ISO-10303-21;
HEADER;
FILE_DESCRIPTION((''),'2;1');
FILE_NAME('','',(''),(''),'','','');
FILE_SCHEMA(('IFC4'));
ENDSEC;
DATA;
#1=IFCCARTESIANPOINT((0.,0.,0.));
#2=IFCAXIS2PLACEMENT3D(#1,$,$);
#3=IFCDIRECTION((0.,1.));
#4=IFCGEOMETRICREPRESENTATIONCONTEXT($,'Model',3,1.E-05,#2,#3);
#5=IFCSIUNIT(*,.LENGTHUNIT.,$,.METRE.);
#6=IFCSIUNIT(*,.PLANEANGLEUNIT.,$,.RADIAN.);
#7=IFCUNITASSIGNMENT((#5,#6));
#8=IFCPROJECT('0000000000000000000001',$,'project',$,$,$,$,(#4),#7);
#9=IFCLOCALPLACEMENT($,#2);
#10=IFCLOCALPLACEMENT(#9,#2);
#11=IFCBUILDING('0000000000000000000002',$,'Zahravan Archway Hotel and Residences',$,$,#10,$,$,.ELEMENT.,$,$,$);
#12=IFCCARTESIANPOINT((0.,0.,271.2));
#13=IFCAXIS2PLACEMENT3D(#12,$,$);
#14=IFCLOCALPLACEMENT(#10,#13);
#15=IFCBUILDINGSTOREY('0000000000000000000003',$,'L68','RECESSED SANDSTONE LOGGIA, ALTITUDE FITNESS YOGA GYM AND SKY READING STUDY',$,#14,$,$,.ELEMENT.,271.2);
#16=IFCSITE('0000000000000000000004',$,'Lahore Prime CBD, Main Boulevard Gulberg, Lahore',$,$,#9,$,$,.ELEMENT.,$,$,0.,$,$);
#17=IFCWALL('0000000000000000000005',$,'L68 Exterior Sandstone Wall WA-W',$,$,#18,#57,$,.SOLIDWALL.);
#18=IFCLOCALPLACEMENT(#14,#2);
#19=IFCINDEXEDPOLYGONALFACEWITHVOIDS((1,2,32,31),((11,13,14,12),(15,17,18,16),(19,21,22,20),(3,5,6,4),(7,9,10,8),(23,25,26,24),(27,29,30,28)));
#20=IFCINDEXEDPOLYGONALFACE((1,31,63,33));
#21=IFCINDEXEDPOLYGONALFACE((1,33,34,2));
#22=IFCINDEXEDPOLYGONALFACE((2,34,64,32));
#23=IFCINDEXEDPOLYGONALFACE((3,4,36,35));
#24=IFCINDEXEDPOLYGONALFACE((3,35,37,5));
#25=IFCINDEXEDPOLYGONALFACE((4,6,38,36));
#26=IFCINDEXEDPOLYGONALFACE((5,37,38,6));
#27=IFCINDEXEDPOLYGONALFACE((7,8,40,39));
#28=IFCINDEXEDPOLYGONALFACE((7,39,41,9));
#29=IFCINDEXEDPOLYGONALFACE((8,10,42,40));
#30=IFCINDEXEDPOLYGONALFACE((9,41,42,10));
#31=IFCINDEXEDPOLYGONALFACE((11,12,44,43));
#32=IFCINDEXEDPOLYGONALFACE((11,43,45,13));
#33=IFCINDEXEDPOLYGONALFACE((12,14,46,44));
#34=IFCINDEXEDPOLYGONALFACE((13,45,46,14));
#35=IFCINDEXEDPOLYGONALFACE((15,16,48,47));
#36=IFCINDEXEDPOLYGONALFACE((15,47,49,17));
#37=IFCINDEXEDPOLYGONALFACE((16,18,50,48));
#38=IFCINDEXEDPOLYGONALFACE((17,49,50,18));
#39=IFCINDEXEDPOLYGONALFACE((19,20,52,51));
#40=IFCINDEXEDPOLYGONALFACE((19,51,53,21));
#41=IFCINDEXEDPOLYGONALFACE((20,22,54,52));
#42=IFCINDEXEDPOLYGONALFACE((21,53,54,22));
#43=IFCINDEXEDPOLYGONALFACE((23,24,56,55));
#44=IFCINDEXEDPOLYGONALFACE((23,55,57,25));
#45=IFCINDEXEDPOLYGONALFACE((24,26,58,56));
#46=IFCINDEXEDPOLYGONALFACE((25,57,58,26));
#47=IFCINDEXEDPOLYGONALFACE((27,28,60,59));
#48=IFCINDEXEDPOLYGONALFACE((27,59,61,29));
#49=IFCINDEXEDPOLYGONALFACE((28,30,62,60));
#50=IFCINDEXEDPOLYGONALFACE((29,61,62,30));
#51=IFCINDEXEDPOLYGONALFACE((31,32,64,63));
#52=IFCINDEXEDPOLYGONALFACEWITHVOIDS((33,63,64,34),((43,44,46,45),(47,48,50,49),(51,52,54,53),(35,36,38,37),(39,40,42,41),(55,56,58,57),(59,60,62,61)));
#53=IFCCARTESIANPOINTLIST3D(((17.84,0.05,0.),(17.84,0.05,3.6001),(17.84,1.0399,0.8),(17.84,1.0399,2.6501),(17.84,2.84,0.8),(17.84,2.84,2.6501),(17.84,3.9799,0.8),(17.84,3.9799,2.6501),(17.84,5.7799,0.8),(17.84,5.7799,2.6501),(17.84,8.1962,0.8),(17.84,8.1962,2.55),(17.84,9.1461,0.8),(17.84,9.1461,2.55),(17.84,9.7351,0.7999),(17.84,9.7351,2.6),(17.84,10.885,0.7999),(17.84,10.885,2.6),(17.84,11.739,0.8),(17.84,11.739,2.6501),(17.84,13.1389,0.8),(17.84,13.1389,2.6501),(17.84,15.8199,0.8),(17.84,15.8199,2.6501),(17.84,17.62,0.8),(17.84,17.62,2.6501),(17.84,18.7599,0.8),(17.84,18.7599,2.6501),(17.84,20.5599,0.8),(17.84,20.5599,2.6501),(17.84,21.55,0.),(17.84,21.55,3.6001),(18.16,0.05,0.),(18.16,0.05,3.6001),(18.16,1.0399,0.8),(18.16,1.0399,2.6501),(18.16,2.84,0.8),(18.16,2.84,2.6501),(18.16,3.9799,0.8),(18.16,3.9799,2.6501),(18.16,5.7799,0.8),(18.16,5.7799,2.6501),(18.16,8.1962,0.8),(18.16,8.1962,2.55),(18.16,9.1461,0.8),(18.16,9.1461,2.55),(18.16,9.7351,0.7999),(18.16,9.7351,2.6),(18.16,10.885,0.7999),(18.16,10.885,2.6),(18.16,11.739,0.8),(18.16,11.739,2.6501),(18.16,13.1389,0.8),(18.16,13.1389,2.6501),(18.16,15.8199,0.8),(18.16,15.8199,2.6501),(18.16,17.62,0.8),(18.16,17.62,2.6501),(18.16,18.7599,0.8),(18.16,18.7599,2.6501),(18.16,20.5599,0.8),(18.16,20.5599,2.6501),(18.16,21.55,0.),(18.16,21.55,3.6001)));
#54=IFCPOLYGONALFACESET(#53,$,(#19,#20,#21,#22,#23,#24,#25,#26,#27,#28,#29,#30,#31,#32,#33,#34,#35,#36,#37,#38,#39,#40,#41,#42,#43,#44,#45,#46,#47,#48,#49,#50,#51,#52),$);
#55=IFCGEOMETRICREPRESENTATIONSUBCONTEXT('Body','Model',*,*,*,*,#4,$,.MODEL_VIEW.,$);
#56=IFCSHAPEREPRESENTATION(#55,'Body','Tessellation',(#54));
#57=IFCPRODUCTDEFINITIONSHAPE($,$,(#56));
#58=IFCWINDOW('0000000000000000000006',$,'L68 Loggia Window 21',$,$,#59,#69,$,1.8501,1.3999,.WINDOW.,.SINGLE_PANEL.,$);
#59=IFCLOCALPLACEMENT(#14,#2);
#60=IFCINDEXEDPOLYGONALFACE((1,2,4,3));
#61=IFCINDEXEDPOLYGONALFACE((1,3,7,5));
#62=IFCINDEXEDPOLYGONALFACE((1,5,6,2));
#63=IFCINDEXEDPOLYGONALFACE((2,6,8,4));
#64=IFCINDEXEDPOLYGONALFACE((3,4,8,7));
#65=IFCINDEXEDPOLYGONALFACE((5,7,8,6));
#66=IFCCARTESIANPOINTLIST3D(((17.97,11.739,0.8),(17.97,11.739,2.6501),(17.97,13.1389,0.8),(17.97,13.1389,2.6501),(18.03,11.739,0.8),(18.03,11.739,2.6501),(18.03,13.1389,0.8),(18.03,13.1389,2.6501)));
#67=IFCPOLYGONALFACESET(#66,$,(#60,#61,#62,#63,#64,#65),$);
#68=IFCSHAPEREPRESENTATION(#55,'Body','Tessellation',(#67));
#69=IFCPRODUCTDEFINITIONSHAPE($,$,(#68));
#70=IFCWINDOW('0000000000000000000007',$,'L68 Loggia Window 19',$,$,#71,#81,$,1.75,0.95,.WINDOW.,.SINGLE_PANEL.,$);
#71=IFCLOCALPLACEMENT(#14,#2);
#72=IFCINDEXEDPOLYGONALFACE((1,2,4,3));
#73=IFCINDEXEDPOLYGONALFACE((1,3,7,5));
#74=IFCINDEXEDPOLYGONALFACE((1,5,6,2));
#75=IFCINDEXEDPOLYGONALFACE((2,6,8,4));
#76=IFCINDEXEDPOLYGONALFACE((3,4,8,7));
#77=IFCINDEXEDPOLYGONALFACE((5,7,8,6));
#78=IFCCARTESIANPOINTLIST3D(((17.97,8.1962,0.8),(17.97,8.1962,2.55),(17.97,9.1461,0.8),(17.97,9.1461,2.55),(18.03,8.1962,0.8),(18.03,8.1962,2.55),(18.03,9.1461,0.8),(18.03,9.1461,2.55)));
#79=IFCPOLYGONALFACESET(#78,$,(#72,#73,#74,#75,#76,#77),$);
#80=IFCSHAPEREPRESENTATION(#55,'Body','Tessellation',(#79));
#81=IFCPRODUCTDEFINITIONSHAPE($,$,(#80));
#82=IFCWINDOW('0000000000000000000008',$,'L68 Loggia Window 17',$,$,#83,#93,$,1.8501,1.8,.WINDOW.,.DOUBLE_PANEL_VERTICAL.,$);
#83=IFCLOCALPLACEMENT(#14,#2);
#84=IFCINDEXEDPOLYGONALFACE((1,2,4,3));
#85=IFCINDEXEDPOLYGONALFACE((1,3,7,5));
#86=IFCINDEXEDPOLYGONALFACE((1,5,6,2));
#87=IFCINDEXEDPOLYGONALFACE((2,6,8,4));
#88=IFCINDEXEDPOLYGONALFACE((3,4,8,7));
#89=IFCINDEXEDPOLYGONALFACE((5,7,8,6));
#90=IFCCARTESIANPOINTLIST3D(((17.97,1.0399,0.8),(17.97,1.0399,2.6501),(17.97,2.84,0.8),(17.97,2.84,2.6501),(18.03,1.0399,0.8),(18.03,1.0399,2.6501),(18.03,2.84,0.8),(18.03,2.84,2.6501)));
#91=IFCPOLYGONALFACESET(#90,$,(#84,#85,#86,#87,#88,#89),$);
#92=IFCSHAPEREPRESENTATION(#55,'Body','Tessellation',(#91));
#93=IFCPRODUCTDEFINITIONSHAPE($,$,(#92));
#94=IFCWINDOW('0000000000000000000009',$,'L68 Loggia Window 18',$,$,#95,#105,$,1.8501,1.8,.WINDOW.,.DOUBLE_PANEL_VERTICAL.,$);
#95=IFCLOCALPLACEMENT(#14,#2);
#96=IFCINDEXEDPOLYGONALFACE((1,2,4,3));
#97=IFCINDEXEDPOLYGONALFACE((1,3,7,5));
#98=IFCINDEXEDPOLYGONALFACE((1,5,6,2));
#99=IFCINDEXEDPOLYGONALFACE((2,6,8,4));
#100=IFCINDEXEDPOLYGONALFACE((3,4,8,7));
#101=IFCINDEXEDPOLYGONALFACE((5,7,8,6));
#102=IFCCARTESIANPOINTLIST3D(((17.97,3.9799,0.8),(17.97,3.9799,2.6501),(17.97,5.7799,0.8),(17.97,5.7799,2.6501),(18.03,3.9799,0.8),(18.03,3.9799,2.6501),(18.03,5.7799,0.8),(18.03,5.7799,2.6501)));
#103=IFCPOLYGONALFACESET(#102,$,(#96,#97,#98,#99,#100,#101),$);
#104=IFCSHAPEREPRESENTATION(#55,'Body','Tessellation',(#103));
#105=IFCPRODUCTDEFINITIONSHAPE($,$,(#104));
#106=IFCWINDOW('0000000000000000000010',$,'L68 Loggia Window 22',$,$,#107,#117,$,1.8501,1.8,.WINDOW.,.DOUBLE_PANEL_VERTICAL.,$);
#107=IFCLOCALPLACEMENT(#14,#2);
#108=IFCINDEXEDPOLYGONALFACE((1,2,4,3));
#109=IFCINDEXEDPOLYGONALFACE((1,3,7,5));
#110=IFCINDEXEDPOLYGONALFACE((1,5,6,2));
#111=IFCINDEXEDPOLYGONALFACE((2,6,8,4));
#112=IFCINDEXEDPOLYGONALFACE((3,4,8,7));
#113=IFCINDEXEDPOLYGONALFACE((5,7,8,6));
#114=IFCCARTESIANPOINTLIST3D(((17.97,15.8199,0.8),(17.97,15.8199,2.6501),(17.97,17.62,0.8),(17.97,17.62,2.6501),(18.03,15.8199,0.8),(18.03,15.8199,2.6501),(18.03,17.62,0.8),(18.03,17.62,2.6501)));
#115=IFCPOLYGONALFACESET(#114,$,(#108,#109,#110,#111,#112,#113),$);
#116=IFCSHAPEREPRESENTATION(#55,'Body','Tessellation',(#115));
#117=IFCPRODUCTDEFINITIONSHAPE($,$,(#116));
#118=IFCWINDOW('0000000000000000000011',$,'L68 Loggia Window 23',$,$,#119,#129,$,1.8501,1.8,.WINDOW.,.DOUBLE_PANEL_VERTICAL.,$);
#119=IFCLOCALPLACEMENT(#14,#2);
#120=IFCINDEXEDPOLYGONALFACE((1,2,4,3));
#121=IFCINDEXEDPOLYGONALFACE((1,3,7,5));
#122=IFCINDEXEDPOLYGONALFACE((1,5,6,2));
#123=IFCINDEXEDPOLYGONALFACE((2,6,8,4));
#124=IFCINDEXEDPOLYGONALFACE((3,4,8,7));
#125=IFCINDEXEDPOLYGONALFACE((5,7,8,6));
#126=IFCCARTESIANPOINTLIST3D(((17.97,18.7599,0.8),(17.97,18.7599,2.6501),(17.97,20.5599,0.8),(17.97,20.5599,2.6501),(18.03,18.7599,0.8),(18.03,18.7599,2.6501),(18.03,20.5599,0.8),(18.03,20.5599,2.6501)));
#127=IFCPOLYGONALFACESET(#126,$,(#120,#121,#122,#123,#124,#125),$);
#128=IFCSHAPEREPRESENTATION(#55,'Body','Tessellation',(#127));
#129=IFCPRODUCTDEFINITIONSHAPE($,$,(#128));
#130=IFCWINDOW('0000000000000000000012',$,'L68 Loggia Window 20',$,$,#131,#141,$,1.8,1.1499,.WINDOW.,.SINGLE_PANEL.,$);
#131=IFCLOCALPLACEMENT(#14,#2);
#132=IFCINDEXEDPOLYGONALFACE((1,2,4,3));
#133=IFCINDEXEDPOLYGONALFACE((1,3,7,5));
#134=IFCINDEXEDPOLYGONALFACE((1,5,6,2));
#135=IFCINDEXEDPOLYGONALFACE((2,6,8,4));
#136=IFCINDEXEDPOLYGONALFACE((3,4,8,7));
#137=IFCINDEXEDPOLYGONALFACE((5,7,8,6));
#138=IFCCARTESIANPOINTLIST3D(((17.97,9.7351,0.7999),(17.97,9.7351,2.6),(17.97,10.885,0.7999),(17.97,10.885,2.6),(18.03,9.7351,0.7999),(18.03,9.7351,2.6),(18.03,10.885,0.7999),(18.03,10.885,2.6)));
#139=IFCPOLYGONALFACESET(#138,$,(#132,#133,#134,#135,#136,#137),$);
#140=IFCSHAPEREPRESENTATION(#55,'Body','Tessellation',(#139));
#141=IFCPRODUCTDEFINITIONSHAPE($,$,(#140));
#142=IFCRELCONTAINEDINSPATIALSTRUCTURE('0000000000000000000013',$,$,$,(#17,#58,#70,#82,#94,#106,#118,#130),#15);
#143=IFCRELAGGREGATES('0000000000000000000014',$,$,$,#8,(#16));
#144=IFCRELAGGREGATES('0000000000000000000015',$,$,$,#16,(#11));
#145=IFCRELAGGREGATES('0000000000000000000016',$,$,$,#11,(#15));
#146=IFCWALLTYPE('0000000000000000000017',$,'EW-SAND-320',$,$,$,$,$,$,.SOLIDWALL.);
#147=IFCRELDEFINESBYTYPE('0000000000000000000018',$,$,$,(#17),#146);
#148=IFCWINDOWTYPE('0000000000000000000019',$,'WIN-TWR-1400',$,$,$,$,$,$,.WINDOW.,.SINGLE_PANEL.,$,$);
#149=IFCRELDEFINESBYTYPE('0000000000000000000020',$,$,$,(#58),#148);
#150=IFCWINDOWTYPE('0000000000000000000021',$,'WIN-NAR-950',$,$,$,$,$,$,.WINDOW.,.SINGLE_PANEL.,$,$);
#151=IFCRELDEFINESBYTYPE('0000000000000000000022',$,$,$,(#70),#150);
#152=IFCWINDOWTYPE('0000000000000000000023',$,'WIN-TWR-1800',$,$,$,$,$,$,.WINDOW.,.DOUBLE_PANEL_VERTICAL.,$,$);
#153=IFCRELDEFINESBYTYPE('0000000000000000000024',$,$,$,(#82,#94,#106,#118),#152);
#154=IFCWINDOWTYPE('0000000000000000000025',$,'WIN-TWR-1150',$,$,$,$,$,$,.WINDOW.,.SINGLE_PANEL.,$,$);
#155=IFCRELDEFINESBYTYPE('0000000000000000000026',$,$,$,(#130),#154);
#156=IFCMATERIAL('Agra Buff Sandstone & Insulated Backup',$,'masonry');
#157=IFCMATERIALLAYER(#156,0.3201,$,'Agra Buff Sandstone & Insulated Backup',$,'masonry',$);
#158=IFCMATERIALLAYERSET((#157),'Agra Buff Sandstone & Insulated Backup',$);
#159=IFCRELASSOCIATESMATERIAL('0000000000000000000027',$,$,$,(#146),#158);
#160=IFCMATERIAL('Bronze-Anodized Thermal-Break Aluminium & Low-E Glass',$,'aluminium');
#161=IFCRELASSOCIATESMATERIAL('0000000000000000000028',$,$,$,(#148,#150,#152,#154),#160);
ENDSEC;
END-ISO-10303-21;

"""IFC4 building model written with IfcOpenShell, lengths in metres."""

from ifc_helpers import new_model, si_unit, direction, frame, frame_2d, origin, place, context, subcontext, project, spatial, rectangle, extrude, source, transform, mapped, material, layer, layer_set, type_object, type_shapes, element, fill, save


model = new_model("IFC4")

# Units and contexts
model_context = context("Model", 3, precision=1e-05, world=origin(), true_north=direction((0.0, 1.0)))
body_context = subcontext(model_context, "Body", "Model", "MODEL_VIEW")
ifc_project = project(units=[si_unit("LENGTHUNIT", "METRE"), si_unit("PLANEANGLEUNIT", "RADIAN")], contexts=[model_context])

# Site, building, storey
site_placement = place(None, origin())
site = spatial("IfcSite", under=ifc_project, at=site_placement, Name="Lahore Prime CBD, Main Boulevard Gulberg, Lahore", CompositionType="ELEMENT", RefElevation=0.0)
building_placement = place(site_placement, origin())
building = spatial("IfcBuilding", under=site, at=building_placement, Name="Zahravan Archway Hotel and Residences", CompositionType="ELEMENT")
storey_placement = place(building_placement, frame((0.0, 0.0, 271.2)))
storey = spatial("IfcBuildingStorey", under=building, at=storey_placement, Name="L68", Description="RECESSED SANDSTONE LOGGIA, ALTITUDE FITNESS YOGA GYM AND SKY READING STUDY", CompositionType="ELEMENT", Elevation=271.2)

# Wall, openings, windows
ifc_material_1 = material(Name="Agra Buff Sandstone & Insulated Backup", Category="masonry")
ifc_layer = layer(ifc_material_1, 0.3201, Name="Agra Buff Sandstone & Insulated Backup", Category="masonry")
ifc_layer_set = layer_set([ifc_layer], Name="Agra Buff Sandstone & Insulated Backup")
wall_type = type_object("IfcWallType", Name="EW-SAND-320", PredefinedType="SOLIDWALL", material=ifc_layer_set)
wall_placement = place(storey_placement, frame((18.0, 0.05, 0.0), z_axis=(0.0, 0.0, 1.0), x_axis=(0.0, 1.0, 0.0)))
wall = element("IfcWall", 1, at=wall_placement, inside=storey, type_object=wall_type, Name="L68 Exterior Sandstone Wall WA-W", PredefinedType="SOLIDWALL", context=body_context, shape_type="SweptSolid", body=[
    extrude(rectangle(XDim=21.5, YDim=0.3201, at=frame_2d((10.75, 0.0))), origin(), (0.0, 0.0, 1.0), 3.6001),
])
opening_1_placement = place(wall_placement, frame((0.99, 0.0, 0.8)))
opening_1 = element("IfcOpeningElement", 2, at=opening_1_placement, cuts=wall, PredefinedType="OPENING", context=body_context, shape_type="SweptSolid", body=[
    extrude(rectangle(XDim=1.8, YDim=1.8501, at=frame_2d((0.8999, 0.925))), frame((0.0, 0.1699, 0.0), z_axis=(0.0, -1.0, 0.0), x_axis=(1.0, 0.0, 0.0)), (0.0, 0.0, 1.0), 0.3401),
])
opening_2_placement = place(wall_placement, frame((3.9299, 0.0, 0.8)))
opening_2 = element("IfcOpeningElement", 3, at=opening_2_placement, cuts=wall, PredefinedType="OPENING", context=body_context, shape_type="SweptSolid", body=[
    extrude(rectangle(XDim=1.8, YDim=1.8501, at=frame_2d((0.8999, 0.925))), frame((0.0, 0.1699, 0.0), z_axis=(0.0, -1.0, 0.0), x_axis=(1.0, 0.0, 0.0)), (0.0, 0.0, 1.0), 0.3401),
])
opening_3_placement = place(wall_placement, frame((8.146, 0.0, 0.8)))
opening_3 = element("IfcOpeningElement", 4, at=opening_3_placement, cuts=wall, PredefinedType="OPENING", context=body_context, shape_type="SweptSolid", body=[
    extrude(rectangle(XDim=0.95, YDim=1.75, at=frame_2d((0.4751, 0.875))), frame((0.0, 0.1699, 0.0), z_axis=(0.0, -1.0, 0.0), x_axis=(1.0, 0.0, 0.0)), (0.0, 0.0, 1.0), 0.3401),
])
opening_4_placement = place(wall_placement, frame((9.6851, 0.0, 0.8)))
opening_4 = element("IfcOpeningElement", 5, at=opening_4_placement, cuts=wall, PredefinedType="OPENING", context=body_context, shape_type="SweptSolid", body=[
    extrude(rectangle(XDim=1.1499, YDim=1.8, at=frame_2d((0.575, 0.8999))), frame((0.0, 0.1699, 0.0), z_axis=(0.0, -1.0, 0.0), x_axis=(1.0, 0.0, 0.0)), (0.0, 0.0, 1.0), 0.3401),
])
opening_5_placement = place(wall_placement, frame((11.689, 0.0, 0.8)))
opening_5 = element("IfcOpeningElement", 6, at=opening_5_placement, cuts=wall, PredefinedType="OPENING", context=body_context, shape_type="SweptSolid", body=[
    extrude(rectangle(XDim=1.3999, YDim=1.8501, at=frame_2d((0.7, 0.925))), frame((0.0, 0.1699, 0.0), z_axis=(0.0, -1.0, 0.0), x_axis=(1.0, 0.0, 0.0)), (0.0, 0.0, 1.0), 0.3401),
])
opening_6_placement = place(wall_placement, frame((15.77, 0.0, 0.8)))
opening_6 = element("IfcOpeningElement", 7, at=opening_6_placement, cuts=wall, PredefinedType="OPENING", context=body_context, shape_type="SweptSolid", body=[
    extrude(rectangle(XDim=1.8, YDim=1.8501, at=frame_2d((0.8999, 0.925))), frame((0.0, 0.1699, 0.0), z_axis=(0.0, -1.0, 0.0), x_axis=(1.0, 0.0, 0.0)), (0.0, 0.0, 1.0), 0.3401),
])
opening_7_placement = place(wall_placement, frame((18.71, 0.0, 0.8)))
opening_7 = element("IfcOpeningElement", 8, at=opening_7_placement, cuts=wall, PredefinedType="OPENING", context=body_context, shape_type="SweptSolid", body=[
    extrude(rectangle(XDim=1.8, YDim=1.8501, at=frame_2d((0.8999, 0.925))), frame((0.0, 0.1699, 0.0), z_axis=(0.0, -1.0, 0.0), x_axis=(1.0, 0.0, 0.0)), (0.0, 0.0, 1.0), 0.3401),
])
ifc_material_2 = material(Name="Bronze-Anodized Thermal-Break Aluminium & Low-E Glass", Category="aluminium")
window_type_1 = type_object("IfcWindowType", Name="WIN-TWR-1400", PartitioningType="SINGLE_PANEL", PredefinedType="WINDOW", material=ifc_material_2)
shared_shape_1 = source(origin(), body_context, "Body", "SweptSolid", [
    extrude(rectangle(XDim=1.3999, YDim=1.8501, at=frame_2d((0.7, 0.925))), frame((0.0, 0.03, 0.0), z_axis=(0.0, -1.0, 0.0), x_axis=(1.0, 0.0, 0.0)), (0.0, 0.0, 1.0), 0.0601),
])
type_shapes(window_type_1, [shared_shape_1])
window_1_placement = place(opening_5_placement, origin())
window_1 = element("IfcWindow", 9, at=window_1_placement, inside=storey, type_object=window_type_1, Name="L68 Loggia Window 21", OverallHeight=1.8501, OverallWidth=1.3999, PartitioningType="SINGLE_PANEL", PredefinedType="WINDOW", context=body_context, shape_type="MappedRepresentation", body=[
    mapped(shared_shape_1, transform((0.0, 0.0, 0.0), scale=1.0)),
])
fill(opening_5, window_1)
window_type_2 = type_object("IfcWindowType", Name="WIN-NAR-950", PartitioningType="SINGLE_PANEL", PredefinedType="WINDOW", material=ifc_material_2)
shared_shape_2 = source(origin(), body_context, "Body", "SweptSolid", [
    extrude(rectangle(XDim=0.95, YDim=1.75, at=frame_2d((0.4751, 0.875))), frame((0.0, 0.03, 0.0), z_axis=(0.0, -1.0, 0.0), x_axis=(1.0, 0.0, 0.0)), (0.0, 0.0, 1.0), 0.0601),
])
type_shapes(window_type_2, [shared_shape_2])
window_2_placement = place(opening_3_placement, origin())
window_2 = element("IfcWindow", 10, at=window_2_placement, inside=storey, type_object=window_type_2, Name="L68 Loggia Window 19", OverallHeight=1.75, OverallWidth=0.95, PartitioningType="SINGLE_PANEL", PredefinedType="WINDOW", context=body_context, shape_type="MappedRepresentation", body=[
    mapped(shared_shape_2, transform((0.0, 0.0, 0.0), scale=1.0)),
])
fill(opening_3, window_2)
window_type_3 = type_object("IfcWindowType", Name="WIN-TWR-1800", PartitioningType="DOUBLE_PANEL_VERTICAL", PredefinedType="WINDOW", material=ifc_material_2)
shared_shape_3 = source(origin(), body_context, "Body", "SweptSolid", [
    extrude(rectangle(XDim=1.8, YDim=1.8501, at=frame_2d((0.8999, 0.925))), frame((0.0, 0.03, 0.0), z_axis=(0.0, -1.0, 0.0), x_axis=(1.0, 0.0, 0.0)), (0.0, 0.0, 1.0), 0.0601),
])
type_shapes(window_type_3, [shared_shape_3])
window_3_placement = place(opening_1_placement, origin())
window_3 = element("IfcWindow", 11, at=window_3_placement, inside=storey, type_object=window_type_3, Name="L68 Loggia Window 17", OverallHeight=1.8501, OverallWidth=1.8, PartitioningType="DOUBLE_PANEL_VERTICAL", PredefinedType="WINDOW", context=body_context, shape_type="MappedRepresentation", body=[
    mapped(shared_shape_3, transform((0.0, 0.0, 0.0), scale=1.0)),
])
fill(opening_1, window_3)
window_4_placement = place(opening_2_placement, origin())
window_4 = element("IfcWindow", 12, at=window_4_placement, inside=storey, type_object=window_type_3, Name="L68 Loggia Window 18", OverallHeight=1.8501, OverallWidth=1.8, PartitioningType="DOUBLE_PANEL_VERTICAL", PredefinedType="WINDOW", context=body_context, shape_type="MappedRepresentation", body=[
    mapped(shared_shape_3, transform((0.0, 0.0, 0.0), scale=1.0)),
])
fill(opening_2, window_4)
window_5_placement = place(opening_6_placement, origin())
window_5 = element("IfcWindow", 13, at=window_5_placement, inside=storey, type_object=window_type_3, Name="L68 Loggia Window 22", OverallHeight=1.8501, OverallWidth=1.8, PartitioningType="DOUBLE_PANEL_VERTICAL", PredefinedType="WINDOW", context=body_context, shape_type="MappedRepresentation", body=[
    mapped(shared_shape_3, transform((0.0, 0.0, 0.0), scale=1.0)),
])
fill(opening_6, window_5)
window_6_placement = place(opening_7_placement, origin())
window_6 = element("IfcWindow", 14, at=window_6_placement, inside=storey, type_object=window_type_3, Name="L68 Loggia Window 23", OverallHeight=1.8501, OverallWidth=1.8, PartitioningType="DOUBLE_PANEL_VERTICAL", PredefinedType="WINDOW", context=body_context, shape_type="MappedRepresentation", body=[
    mapped(shared_shape_3, transform((0.0, 0.0, 0.0), scale=1.0)),
])
fill(opening_7, window_6)
window_type_4 = type_object("IfcWindowType", Name="WIN-TWR-1150", PartitioningType="SINGLE_PANEL", PredefinedType="WINDOW", material=ifc_material_2)
shared_shape_4 = source(origin(), body_context, "Body", "SweptSolid", [
    extrude(rectangle(XDim=1.1499, YDim=1.8, at=frame_2d((0.575, 0.8999))), frame((0.0, 0.03, 0.0), z_axis=(0.0, -1.0, 0.0), x_axis=(1.0, 0.0, 0.0)), (0.0, 0.0, 1.0), 0.0601),
])
type_shapes(window_type_4, [shared_shape_4])
window_7_placement = place(opening_4_placement, origin())
window_7 = element("IfcWindow", 15, at=window_7_placement, inside=storey, type_object=window_type_4, Name="L68 Loggia Window 20", OverallHeight=1.8, OverallWidth=1.1499, PartitioningType="SINGLE_PANEL", PredefinedType="WINDOW", context=body_context, shape_type="MappedRepresentation", body=[
    mapped(shared_shape_4, transform((0.0, 0.0, 0.0), scale=1.0)),
])
fill(opening_4, window_7)

save(model, "model.ifc")
